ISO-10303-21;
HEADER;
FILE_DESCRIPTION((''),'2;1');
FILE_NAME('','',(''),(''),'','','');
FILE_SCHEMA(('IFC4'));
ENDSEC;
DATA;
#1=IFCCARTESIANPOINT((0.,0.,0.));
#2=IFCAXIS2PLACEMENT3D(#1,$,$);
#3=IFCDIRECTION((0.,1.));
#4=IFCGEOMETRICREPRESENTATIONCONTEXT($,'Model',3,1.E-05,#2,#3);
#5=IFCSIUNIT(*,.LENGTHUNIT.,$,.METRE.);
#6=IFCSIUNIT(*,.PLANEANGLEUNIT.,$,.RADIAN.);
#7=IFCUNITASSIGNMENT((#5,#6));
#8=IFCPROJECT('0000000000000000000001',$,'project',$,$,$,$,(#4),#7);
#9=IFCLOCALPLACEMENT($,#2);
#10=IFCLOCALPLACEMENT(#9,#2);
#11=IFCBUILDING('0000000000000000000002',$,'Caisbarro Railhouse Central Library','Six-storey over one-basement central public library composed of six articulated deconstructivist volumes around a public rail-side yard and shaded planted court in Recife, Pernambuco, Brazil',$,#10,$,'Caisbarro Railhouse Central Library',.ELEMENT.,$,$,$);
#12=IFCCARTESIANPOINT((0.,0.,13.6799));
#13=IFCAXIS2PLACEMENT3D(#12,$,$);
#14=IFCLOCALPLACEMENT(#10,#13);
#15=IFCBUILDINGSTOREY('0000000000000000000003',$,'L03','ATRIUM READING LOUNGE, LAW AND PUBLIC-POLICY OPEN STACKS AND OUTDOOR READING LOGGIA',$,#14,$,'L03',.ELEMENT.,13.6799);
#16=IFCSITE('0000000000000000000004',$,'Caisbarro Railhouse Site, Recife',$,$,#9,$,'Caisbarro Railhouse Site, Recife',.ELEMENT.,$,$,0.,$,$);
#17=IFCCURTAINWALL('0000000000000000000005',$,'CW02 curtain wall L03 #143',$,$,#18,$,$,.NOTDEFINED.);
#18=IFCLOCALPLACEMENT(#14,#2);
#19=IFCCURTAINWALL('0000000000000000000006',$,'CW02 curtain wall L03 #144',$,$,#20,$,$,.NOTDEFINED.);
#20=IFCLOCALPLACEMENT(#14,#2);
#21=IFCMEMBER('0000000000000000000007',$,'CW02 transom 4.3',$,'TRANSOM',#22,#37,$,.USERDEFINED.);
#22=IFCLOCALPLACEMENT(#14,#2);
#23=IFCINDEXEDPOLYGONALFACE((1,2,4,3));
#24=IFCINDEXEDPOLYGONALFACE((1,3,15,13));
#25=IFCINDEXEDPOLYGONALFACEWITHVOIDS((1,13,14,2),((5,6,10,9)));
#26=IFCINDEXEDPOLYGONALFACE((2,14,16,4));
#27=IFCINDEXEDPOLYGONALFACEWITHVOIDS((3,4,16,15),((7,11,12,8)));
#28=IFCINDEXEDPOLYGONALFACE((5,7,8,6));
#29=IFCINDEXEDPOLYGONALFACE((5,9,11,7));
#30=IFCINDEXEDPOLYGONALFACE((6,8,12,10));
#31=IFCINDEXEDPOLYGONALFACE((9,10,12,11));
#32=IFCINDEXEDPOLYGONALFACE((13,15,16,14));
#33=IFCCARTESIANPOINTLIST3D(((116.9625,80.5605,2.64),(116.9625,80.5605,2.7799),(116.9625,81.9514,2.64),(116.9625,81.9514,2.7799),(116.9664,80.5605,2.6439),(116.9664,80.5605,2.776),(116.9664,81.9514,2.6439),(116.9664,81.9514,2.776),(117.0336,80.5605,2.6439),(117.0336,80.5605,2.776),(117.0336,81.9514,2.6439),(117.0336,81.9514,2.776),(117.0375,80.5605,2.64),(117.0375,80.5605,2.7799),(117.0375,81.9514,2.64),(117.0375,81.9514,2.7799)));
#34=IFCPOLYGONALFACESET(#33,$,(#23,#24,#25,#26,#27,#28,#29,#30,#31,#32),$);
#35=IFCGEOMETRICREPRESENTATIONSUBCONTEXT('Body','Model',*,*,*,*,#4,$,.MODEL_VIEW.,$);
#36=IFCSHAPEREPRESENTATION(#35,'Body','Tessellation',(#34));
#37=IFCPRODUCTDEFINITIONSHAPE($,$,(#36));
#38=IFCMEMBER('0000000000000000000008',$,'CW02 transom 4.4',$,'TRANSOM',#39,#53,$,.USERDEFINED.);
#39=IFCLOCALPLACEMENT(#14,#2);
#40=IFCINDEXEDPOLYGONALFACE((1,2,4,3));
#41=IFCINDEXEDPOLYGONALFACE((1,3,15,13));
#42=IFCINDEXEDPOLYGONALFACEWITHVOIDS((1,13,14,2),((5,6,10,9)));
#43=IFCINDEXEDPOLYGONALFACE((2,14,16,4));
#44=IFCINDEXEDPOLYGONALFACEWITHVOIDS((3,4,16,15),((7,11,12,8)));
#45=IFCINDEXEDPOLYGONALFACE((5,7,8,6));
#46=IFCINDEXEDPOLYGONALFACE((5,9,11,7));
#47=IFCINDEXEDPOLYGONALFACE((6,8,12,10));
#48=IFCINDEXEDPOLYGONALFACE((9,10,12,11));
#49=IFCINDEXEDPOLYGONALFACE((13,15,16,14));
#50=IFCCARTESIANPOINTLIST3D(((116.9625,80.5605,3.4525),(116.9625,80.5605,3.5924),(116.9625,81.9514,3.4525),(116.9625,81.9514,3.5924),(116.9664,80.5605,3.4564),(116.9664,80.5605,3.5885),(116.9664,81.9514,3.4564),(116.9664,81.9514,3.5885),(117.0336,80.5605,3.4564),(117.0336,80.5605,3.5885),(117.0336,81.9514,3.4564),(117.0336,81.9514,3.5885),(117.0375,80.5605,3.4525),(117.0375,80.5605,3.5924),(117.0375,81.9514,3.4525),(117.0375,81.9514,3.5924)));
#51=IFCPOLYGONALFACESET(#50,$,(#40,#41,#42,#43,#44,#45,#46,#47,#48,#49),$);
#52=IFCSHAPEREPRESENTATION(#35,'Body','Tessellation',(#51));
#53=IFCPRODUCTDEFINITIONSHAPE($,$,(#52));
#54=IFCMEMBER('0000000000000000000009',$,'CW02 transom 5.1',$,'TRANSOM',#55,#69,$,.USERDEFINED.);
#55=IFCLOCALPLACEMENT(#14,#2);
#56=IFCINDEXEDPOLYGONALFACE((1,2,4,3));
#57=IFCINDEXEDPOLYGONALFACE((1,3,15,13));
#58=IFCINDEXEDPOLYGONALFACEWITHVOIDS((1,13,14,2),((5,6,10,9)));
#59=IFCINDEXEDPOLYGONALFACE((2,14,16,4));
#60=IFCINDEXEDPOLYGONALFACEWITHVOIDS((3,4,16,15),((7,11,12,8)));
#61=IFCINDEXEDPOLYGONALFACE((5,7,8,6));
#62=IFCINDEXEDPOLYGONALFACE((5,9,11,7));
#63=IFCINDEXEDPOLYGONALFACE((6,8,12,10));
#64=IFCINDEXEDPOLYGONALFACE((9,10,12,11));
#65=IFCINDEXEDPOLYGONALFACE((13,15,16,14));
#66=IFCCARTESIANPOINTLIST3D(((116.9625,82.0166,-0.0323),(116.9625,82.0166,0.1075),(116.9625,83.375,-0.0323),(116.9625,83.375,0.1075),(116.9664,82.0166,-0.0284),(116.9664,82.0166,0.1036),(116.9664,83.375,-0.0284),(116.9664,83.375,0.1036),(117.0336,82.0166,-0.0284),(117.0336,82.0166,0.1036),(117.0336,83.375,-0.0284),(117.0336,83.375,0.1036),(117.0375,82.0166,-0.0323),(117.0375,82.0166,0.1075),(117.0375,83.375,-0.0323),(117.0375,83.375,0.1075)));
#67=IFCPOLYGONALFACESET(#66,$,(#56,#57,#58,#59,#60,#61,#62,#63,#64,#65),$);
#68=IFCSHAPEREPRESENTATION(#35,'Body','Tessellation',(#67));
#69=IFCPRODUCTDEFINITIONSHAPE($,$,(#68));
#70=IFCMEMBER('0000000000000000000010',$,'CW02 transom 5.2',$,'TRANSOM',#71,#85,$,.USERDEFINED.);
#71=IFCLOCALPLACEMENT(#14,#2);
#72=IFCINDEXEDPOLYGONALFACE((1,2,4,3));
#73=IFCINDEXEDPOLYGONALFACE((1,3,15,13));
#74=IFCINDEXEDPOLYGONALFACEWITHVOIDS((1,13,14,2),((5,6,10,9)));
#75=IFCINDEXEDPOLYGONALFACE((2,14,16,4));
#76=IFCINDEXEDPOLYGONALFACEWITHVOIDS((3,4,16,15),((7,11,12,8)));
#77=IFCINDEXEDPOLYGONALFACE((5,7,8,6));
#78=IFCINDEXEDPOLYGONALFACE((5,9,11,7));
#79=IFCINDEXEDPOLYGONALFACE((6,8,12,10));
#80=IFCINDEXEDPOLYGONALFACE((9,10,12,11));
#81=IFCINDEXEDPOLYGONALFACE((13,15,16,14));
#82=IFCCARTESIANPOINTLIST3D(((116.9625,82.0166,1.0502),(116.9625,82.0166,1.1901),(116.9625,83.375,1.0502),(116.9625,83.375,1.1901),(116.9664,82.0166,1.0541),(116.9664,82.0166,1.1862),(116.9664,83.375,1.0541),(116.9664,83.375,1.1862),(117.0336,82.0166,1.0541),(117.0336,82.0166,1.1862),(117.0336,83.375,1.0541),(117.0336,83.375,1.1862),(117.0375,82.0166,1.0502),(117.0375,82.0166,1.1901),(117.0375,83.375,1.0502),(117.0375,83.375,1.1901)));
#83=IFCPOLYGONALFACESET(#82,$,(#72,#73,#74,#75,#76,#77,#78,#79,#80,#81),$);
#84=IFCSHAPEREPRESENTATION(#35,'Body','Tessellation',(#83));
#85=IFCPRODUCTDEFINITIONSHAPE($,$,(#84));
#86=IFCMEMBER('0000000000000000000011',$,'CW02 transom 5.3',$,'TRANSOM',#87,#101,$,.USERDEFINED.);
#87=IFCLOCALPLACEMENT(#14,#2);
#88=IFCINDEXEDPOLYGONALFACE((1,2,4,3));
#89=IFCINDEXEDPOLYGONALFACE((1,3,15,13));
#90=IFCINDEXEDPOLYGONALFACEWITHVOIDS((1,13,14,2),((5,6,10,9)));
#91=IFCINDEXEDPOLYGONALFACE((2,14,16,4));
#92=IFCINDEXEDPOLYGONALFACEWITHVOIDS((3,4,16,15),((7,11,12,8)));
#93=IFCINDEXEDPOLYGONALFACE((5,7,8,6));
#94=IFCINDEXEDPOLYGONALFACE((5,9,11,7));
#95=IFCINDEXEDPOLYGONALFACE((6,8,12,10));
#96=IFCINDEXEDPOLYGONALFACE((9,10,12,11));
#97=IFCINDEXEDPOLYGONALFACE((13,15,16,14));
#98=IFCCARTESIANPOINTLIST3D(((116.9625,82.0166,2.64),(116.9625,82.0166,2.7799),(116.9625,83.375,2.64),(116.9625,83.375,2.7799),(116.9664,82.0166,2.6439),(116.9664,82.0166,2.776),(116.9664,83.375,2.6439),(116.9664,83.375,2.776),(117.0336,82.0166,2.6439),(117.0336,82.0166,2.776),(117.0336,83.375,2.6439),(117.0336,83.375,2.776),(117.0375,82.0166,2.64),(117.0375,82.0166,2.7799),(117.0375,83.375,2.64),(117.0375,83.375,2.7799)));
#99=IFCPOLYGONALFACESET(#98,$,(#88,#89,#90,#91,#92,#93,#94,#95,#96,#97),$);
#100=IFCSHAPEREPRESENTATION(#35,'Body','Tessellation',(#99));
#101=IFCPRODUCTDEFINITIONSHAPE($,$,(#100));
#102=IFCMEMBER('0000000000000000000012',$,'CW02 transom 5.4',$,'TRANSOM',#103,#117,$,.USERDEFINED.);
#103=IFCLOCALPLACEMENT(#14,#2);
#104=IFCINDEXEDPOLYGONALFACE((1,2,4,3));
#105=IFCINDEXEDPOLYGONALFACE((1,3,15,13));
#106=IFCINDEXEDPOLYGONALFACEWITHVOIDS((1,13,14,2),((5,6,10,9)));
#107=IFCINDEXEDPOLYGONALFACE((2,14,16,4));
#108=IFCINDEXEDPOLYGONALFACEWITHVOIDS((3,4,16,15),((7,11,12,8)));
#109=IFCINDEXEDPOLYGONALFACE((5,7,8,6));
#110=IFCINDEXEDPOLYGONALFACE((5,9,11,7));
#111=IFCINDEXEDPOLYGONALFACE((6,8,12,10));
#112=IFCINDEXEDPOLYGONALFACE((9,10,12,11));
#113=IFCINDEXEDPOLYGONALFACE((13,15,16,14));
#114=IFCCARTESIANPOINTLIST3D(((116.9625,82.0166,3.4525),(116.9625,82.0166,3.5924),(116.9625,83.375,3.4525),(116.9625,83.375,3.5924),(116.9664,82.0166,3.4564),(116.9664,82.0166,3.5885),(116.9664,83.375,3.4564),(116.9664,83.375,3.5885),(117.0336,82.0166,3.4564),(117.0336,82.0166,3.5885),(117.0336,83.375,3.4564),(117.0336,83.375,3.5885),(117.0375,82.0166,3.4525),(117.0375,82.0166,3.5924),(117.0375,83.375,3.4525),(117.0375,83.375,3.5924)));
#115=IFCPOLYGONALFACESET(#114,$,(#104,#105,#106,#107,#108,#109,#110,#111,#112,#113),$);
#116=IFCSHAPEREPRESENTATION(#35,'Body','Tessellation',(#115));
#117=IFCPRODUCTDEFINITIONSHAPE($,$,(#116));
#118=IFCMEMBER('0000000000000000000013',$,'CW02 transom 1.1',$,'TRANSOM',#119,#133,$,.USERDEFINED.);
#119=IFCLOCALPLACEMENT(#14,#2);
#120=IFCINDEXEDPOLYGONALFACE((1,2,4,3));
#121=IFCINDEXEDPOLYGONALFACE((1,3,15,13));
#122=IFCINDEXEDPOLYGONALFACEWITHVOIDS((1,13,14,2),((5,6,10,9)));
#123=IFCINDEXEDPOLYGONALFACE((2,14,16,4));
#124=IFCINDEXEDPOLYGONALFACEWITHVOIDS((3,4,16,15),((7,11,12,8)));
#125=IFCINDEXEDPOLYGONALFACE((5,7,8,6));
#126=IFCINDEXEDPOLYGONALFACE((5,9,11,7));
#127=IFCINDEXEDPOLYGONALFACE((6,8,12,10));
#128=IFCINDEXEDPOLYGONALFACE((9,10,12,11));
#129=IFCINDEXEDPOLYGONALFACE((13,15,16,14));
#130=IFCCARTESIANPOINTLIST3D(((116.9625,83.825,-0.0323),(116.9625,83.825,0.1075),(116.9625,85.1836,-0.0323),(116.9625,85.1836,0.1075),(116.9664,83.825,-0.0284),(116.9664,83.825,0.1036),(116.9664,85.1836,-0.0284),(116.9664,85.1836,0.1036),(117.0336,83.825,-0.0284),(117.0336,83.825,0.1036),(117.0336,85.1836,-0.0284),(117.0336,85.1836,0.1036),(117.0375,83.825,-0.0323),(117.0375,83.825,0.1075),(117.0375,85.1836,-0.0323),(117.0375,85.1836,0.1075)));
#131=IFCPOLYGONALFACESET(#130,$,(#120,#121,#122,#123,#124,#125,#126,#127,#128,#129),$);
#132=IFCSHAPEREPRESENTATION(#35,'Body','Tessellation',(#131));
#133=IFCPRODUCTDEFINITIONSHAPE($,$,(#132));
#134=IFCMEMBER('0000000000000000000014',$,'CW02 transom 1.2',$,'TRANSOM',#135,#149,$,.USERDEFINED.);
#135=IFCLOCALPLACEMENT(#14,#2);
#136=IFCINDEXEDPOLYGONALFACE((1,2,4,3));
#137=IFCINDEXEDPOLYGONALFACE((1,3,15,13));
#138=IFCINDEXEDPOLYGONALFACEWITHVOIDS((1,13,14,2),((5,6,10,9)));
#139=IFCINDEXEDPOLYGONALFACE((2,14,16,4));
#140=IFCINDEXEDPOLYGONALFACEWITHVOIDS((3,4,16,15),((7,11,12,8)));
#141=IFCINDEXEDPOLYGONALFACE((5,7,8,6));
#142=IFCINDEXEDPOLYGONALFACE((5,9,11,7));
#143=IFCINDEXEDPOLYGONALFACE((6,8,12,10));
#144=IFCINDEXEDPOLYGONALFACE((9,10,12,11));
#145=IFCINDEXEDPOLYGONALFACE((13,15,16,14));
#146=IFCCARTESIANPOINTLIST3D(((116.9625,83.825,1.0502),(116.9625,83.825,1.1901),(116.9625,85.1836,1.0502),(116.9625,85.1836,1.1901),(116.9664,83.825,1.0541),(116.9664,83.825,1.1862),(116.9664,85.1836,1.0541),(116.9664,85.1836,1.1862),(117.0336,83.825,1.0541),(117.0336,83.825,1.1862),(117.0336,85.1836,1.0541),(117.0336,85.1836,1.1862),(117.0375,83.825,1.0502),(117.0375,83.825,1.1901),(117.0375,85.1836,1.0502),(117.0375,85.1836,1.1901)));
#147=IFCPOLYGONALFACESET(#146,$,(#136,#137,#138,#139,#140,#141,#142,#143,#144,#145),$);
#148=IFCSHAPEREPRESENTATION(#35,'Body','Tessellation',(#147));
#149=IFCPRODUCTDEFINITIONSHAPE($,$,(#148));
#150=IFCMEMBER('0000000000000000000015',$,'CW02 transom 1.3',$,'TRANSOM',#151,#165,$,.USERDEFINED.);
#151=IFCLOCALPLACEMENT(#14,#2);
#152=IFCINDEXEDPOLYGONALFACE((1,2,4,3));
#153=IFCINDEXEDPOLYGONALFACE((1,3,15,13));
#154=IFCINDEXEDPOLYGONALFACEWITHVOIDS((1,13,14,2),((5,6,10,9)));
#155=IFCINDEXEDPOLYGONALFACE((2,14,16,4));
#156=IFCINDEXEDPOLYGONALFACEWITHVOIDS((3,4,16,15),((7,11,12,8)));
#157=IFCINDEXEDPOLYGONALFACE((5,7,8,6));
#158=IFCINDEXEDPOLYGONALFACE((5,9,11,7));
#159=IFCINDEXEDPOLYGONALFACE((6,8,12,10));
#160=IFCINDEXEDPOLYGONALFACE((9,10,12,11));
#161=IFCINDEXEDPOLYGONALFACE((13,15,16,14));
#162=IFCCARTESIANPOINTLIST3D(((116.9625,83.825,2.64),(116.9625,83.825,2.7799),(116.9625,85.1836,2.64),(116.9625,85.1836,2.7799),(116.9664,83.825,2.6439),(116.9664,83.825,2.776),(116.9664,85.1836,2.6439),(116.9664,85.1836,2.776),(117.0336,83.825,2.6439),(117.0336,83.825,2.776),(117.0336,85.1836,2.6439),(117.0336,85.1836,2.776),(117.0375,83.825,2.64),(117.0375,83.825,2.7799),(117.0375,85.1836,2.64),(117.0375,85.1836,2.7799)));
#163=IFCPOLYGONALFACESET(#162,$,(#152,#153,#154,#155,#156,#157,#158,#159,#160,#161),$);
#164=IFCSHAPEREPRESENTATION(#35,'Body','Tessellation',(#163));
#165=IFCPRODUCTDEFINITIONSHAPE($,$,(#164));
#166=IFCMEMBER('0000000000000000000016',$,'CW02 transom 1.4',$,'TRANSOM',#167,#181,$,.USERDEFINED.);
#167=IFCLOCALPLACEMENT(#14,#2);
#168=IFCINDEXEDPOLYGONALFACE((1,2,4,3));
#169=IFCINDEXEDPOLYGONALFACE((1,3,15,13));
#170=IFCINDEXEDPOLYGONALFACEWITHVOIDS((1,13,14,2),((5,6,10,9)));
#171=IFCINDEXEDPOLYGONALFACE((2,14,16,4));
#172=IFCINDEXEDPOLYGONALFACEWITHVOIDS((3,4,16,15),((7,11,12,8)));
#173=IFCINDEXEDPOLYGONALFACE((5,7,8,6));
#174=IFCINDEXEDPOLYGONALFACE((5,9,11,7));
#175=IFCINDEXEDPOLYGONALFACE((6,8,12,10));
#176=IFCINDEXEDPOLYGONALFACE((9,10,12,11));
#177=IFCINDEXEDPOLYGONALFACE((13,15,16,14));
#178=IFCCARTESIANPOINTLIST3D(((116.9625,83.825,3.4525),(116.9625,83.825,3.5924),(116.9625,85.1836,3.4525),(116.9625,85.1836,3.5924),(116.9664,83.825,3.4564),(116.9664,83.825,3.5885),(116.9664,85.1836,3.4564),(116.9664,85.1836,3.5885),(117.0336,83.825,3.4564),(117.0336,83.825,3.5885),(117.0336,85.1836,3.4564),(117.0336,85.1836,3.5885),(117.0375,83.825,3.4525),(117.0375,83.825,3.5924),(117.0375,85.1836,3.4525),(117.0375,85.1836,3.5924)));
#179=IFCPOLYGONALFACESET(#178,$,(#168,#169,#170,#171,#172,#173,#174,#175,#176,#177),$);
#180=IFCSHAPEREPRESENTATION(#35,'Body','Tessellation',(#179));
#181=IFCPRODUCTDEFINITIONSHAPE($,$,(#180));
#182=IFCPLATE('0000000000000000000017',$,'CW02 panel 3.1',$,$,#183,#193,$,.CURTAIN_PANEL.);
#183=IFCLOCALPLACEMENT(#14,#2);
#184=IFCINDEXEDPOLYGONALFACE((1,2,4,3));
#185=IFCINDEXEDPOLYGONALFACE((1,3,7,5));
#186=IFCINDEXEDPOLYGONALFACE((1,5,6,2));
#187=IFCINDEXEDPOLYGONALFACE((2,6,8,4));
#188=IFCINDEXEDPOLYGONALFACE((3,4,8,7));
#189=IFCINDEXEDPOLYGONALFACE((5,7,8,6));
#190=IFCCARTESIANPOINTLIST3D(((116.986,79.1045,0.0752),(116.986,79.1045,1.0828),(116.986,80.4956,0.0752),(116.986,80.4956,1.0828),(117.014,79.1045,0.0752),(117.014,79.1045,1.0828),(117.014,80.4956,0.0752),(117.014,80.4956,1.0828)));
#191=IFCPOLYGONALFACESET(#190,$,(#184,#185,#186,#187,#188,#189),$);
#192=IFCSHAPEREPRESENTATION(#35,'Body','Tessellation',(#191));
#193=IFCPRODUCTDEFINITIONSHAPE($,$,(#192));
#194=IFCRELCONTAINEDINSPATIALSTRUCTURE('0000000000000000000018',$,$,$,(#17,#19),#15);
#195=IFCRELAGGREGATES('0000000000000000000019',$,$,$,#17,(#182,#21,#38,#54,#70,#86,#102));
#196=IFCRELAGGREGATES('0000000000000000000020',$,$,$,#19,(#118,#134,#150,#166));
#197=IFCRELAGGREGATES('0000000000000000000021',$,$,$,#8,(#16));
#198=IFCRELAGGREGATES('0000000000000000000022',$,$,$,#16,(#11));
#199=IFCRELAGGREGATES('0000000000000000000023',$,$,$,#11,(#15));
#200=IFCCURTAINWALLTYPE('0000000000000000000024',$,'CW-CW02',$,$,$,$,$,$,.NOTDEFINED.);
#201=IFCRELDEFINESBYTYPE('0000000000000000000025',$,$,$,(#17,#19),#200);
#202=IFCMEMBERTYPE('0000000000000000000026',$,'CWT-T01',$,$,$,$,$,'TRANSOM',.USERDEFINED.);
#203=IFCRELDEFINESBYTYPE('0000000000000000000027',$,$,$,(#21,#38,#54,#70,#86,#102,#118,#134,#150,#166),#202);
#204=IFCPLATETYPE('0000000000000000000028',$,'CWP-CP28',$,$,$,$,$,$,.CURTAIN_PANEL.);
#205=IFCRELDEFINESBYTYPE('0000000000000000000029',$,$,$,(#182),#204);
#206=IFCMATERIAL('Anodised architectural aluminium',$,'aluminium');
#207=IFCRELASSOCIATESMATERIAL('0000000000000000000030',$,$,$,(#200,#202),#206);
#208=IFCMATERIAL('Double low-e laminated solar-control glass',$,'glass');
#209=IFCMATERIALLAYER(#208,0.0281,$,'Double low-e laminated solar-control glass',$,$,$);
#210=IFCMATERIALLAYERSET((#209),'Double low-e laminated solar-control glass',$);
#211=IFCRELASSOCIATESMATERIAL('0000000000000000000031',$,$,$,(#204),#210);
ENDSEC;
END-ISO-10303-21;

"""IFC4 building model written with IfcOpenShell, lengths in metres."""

from ifc_helpers import new_model, si_unit, direction, frame, origin, origin_2d, place, context, subcontext, project, spatial, rectangle, hollow_rectangle, extrude, material, layer, layer_set, material_profile, profile_set, type_object, element, aggregate, save


model = new_model("IFC4")

# Units and contexts
model_context = context("Model", 3, precision=1e-05, world=origin(), true_north=direction((0.0, 1.0)))
body_context = subcontext(model_context, "Body", "Model", "MODEL_VIEW")
ifc_project = project(units=[si_unit("LENGTHUNIT", "METRE"), si_unit("PLANEANGLEUNIT", "RADIAN")], contexts=[model_context])

# Site, building, storey
site_placement = place(None, origin())
site = spatial("IfcSite", under=ifc_project, at=site_placement, Name="Caisbarro Railhouse Site, Recife", LongName="Caisbarro Railhouse Site, Recife", CompositionType="ELEMENT", RefElevation=0.0)
building_placement = place(site_placement, origin())
building = spatial("IfcBuilding", under=site, at=building_placement, Name="Caisbarro Railhouse Central Library", Description="Six-storey over one-basement central public library composed of six articulated deconstructivist volumes around a public rail-side yard and shaded planted court in Recife, Pernambuco, Brazil", LongName="Caisbarro Railhouse Central Library", CompositionType="ELEMENT")
storey_placement = place(building_placement, frame((0.0, 0.0, 13.6799)))
storey = spatial("IfcBuildingStorey", under=building, at=storey_placement, Name="L03", Description="ATRIUM READING LOUNGE, LAW AND PUBLIC-POLICY OPEN STACKS AND OUTDOOR READING LOGGIA", LongName="L03", CompositionType="ELEMENT", Elevation=13.6799)

# Curtain wall
ifc_material_1 = material(Name="Anodised architectural aluminium", Category="aluminium")
curtain_wall_type = type_object("IfcCurtainWallType", Name="CW-CW02", PredefinedType="NOTDEFINED", material=ifc_material_1)
curtain_wall_1_placement = place(storey_placement, origin())
curtain_wall_1 = element("IfcCurtainWall", 1, at=curtain_wall_1_placement, inside=storey, type_object=curtain_wall_type, Name="CW02 curtain wall L03 #143", PredefinedType="NOTDEFINED")

# Curtain wall
curtain_wall_2_placement = place(storey_placement, origin())
curtain_wall_2 = element("IfcCurtainWall", 2, at=curtain_wall_2_placement, inside=storey, type_object=curtain_wall_type, Name="CW02 curtain wall L03 #144", PredefinedType="NOTDEFINED")

# Members
ifc_material_profile_1 = material_profile(ifc_material_1, hollow_rectangle(XDim=0.075, YDim=0.1399, WallThickness=0.0039, at=origin_2d()), Name="ALU-TRN-75X140")
ifc_profile_set_1 = profile_set([ifc_material_profile_1], Name="Anodised architectural aluminium")
member_type_1 = type_object("IfcMemberType", Name="CWT-T01", ElementType="TRANSOM", PredefinedType="USERDEFINED", material=ifc_profile_set_1)
member_1_placement = place(storey_placement, frame((117.0, 80.5605, 2.71), z_axis=(0.0, 1.0, 0.0), x_axis=(-1.0, 0.0, 0.0)))
member_1 = element("IfcMember", 3, at=member_1_placement, type_object=member_type_1, Name="CW02 transom 4.3", ObjectType="TRANSOM", PredefinedType="USERDEFINED", context=body_context, shape_type="SweptSolid", body=[
    extrude(hollow_rectangle(XDim=0.075, YDim=0.1399, WallThickness=0.0039, at=origin_2d()), origin(), (0.0, 0.0, 1.0), 1.3909),
])
member_2_placement = place(storey_placement, frame((117.0, 80.5605, 3.5225), z_axis=(0.0, 1.0, 0.0), x_axis=(-1.0, 0.0, 0.0)))
member_2 = element("IfcMember", 4, at=member_2_placement, type_object=member_type_1, Name="CW02 transom 4.4", ObjectType="TRANSOM", PredefinedType="USERDEFINED", context=body_context, shape_type="SweptSolid", body=[
    extrude(hollow_rectangle(XDim=0.075, YDim=0.1399, WallThickness=0.0039, at=origin_2d()), origin(), (0.0, 0.0, 1.0), 1.3909),
])
member_3_placement = place(storey_placement, frame((117.0, 82.0166, 0.0376), z_axis=(0.0, 1.0, 0.0), x_axis=(-1.0, 0.0, 0.0)))
member_3 = element("IfcMember", 5, at=member_3_placement, type_object=member_type_1, Name="CW02 transom 5.1", ObjectType="TRANSOM", PredefinedType="USERDEFINED", context=body_context, shape_type="SweptSolid", body=[
    extrude(hollow_rectangle(XDim=0.075, YDim=0.1399, WallThickness=0.0039, at=origin_2d()), origin(), (0.0, 0.0, 1.0), 1.3584),
])
member_4_placement = place(storey_placement, frame((117.0, 82.0166, 1.1201), z_axis=(0.0, 1.0, 0.0), x_axis=(-1.0, 0.0, 0.0)))
member_4 = element("IfcMember", 6, at=member_4_placement, type_object=member_type_1, Name="CW02 transom 5.2", ObjectType="TRANSOM", PredefinedType="USERDEFINED", context=body_context, shape_type="SweptSolid", body=[
    extrude(hollow_rectangle(XDim=0.075, YDim=0.1399, WallThickness=0.0039, at=origin_2d()), origin(), (0.0, 0.0, 1.0), 1.3584),
])
member_5_placement = place(storey_placement, frame((117.0, 82.0166, 2.71), z_axis=(0.0, 1.0, 0.0), x_axis=(-1.0, 0.0, 0.0)))
member_5 = element("IfcMember", 7, at=member_5_placement, type_object=member_type_1, Name="CW02 transom 5.3", ObjectType="TRANSOM", PredefinedType="USERDEFINED", context=body_context, shape_type="SweptSolid", body=[
    extrude(hollow_rectangle(XDim=0.075, YDim=0.1399, WallThickness=0.0039, at=origin_2d()), origin(), (0.0, 0.0, 1.0), 1.3584),
])
member_6_placement = place(storey_placement, frame((117.0, 82.0166, 3.5225), z_axis=(0.0, 1.0, 0.0), x_axis=(-1.0, 0.0, 0.0)))
member_6 = element("IfcMember", 8, at=member_6_placement, type_object=member_type_1, Name="CW02 transom 5.4", ObjectType="TRANSOM", PredefinedType="USERDEFINED", context=body_context, shape_type="SweptSolid", body=[
    extrude(hollow_rectangle(XDim=0.075, YDim=0.1399, WallThickness=0.0039, at=origin_2d()), origin(), (0.0, 0.0, 1.0), 1.3584),
])
member_7_placement = place(storey_placement, frame((117.0, 83.825, 0.0376), z_axis=(0.0, 1.0, 0.0), x_axis=(-1.0, 0.0, 0.0)))
member_7 = element("IfcMember", 9, at=member_7_placement, type_object=member_type_1, Name="CW02 transom 1.1", ObjectType="TRANSOM", PredefinedType="USERDEFINED", context=body_context, shape_type="SweptSolid", body=[
    extrude(hollow_rectangle(XDim=0.075, YDim=0.1399, WallThickness=0.0039, at=origin_2d()), origin(), (0.0, 0.0, 1.0), 1.3586),
])
member_8_placement = place(storey_placement, frame((117.0, 83.825, 1.1201), z_axis=(0.0, 1.0, 0.0), x_axis=(-1.0, 0.0, 0.0)))
member_8 = element("IfcMember", 10, at=member_8_placement, type_object=member_type_1, Name="CW02 transom 1.2", ObjectType="TRANSOM", PredefinedType="USERDEFINED", context=body_context, shape_type="SweptSolid", body=[
    extrude(hollow_rectangle(XDim=0.075, YDim=0.1399, WallThickness=0.0039, at=origin_2d()), origin(), (0.0, 0.0, 1.0), 1.3586),
])
member_9_placement = place(storey_placement, frame((117.0, 83.825, 2.71), z_axis=(0.0, 1.0, 0.0), x_axis=(-1.0, 0.0, 0.0)))
member_9 = element("IfcMember", 11, at=member_9_placement, type_object=member_type_1, Name="CW02 transom 1.3", ObjectType="TRANSOM", PredefinedType="USERDEFINED", context=body_context, shape_type="SweptSolid", body=[
    extrude(hollow_rectangle(XDim=0.075, YDim=0.1399, WallThickness=0.0039, at=origin_2d()), origin(), (0.0, 0.0, 1.0), 1.3586),
])
member_10_placement = place(storey_placement, frame((117.0, 83.825, 3.5225), z_axis=(0.0, 1.0, 0.0), x_axis=(-1.0, 0.0, 0.0)))
member_10 = element("IfcMember", 12, at=member_10_placement, type_object=member_type_1, Name="CW02 transom 1.4", ObjectType="TRANSOM", PredefinedType="USERDEFINED", context=body_context, shape_type="SweptSolid", body=[
    extrude(hollow_rectangle(XDim=0.075, YDim=0.1399, WallThickness=0.0039, at=origin_2d()), origin(), (0.0, 0.0, 1.0), 1.3586),
])

# Plate
ifc_material_2 = material(Name="Double low-e laminated solar-control glass", Category="glass")
ifc_layer_1 = layer(ifc_material_2, 0.0281, Name="Double low-e laminated solar-control glass")
ifc_layer_set_1 = layer_set([ifc_layer_1], Name="Double low-e laminated solar-control glass")
plate_type_1 = type_object("IfcPlateType", Name="CWP-CP28", PredefinedType="CURTAIN_PANEL", material=ifc_layer_set_1)
plate_1_placement = place(storey_placement, frame((117.0, 79.8, 0.0752), z_axis=(0.0, 0.0, 1.0), x_axis=(0.0, 1.0, 0.0)))
plate_1 = element("IfcPlate", 13, at=plate_1_placement, type_object=plate_type_1, Name="CW02 panel 3.1", PredefinedType="CURTAIN_PANEL", context=body_context, shape_type="SweptSolid", body=[
    extrude(rectangle(XDim=1.3911, YDim=0.0281, at=origin_2d()), origin(), (0.0, 0.0, 1.0), 1.0076),
])
aggregate(curtain_wall_1, [plate_1, member_1, member_2, member_3, member_4, member_5, member_6])
aggregate(curtain_wall_2, [member_7, member_8, member_9, member_10])

save(model, "model.ifc")
